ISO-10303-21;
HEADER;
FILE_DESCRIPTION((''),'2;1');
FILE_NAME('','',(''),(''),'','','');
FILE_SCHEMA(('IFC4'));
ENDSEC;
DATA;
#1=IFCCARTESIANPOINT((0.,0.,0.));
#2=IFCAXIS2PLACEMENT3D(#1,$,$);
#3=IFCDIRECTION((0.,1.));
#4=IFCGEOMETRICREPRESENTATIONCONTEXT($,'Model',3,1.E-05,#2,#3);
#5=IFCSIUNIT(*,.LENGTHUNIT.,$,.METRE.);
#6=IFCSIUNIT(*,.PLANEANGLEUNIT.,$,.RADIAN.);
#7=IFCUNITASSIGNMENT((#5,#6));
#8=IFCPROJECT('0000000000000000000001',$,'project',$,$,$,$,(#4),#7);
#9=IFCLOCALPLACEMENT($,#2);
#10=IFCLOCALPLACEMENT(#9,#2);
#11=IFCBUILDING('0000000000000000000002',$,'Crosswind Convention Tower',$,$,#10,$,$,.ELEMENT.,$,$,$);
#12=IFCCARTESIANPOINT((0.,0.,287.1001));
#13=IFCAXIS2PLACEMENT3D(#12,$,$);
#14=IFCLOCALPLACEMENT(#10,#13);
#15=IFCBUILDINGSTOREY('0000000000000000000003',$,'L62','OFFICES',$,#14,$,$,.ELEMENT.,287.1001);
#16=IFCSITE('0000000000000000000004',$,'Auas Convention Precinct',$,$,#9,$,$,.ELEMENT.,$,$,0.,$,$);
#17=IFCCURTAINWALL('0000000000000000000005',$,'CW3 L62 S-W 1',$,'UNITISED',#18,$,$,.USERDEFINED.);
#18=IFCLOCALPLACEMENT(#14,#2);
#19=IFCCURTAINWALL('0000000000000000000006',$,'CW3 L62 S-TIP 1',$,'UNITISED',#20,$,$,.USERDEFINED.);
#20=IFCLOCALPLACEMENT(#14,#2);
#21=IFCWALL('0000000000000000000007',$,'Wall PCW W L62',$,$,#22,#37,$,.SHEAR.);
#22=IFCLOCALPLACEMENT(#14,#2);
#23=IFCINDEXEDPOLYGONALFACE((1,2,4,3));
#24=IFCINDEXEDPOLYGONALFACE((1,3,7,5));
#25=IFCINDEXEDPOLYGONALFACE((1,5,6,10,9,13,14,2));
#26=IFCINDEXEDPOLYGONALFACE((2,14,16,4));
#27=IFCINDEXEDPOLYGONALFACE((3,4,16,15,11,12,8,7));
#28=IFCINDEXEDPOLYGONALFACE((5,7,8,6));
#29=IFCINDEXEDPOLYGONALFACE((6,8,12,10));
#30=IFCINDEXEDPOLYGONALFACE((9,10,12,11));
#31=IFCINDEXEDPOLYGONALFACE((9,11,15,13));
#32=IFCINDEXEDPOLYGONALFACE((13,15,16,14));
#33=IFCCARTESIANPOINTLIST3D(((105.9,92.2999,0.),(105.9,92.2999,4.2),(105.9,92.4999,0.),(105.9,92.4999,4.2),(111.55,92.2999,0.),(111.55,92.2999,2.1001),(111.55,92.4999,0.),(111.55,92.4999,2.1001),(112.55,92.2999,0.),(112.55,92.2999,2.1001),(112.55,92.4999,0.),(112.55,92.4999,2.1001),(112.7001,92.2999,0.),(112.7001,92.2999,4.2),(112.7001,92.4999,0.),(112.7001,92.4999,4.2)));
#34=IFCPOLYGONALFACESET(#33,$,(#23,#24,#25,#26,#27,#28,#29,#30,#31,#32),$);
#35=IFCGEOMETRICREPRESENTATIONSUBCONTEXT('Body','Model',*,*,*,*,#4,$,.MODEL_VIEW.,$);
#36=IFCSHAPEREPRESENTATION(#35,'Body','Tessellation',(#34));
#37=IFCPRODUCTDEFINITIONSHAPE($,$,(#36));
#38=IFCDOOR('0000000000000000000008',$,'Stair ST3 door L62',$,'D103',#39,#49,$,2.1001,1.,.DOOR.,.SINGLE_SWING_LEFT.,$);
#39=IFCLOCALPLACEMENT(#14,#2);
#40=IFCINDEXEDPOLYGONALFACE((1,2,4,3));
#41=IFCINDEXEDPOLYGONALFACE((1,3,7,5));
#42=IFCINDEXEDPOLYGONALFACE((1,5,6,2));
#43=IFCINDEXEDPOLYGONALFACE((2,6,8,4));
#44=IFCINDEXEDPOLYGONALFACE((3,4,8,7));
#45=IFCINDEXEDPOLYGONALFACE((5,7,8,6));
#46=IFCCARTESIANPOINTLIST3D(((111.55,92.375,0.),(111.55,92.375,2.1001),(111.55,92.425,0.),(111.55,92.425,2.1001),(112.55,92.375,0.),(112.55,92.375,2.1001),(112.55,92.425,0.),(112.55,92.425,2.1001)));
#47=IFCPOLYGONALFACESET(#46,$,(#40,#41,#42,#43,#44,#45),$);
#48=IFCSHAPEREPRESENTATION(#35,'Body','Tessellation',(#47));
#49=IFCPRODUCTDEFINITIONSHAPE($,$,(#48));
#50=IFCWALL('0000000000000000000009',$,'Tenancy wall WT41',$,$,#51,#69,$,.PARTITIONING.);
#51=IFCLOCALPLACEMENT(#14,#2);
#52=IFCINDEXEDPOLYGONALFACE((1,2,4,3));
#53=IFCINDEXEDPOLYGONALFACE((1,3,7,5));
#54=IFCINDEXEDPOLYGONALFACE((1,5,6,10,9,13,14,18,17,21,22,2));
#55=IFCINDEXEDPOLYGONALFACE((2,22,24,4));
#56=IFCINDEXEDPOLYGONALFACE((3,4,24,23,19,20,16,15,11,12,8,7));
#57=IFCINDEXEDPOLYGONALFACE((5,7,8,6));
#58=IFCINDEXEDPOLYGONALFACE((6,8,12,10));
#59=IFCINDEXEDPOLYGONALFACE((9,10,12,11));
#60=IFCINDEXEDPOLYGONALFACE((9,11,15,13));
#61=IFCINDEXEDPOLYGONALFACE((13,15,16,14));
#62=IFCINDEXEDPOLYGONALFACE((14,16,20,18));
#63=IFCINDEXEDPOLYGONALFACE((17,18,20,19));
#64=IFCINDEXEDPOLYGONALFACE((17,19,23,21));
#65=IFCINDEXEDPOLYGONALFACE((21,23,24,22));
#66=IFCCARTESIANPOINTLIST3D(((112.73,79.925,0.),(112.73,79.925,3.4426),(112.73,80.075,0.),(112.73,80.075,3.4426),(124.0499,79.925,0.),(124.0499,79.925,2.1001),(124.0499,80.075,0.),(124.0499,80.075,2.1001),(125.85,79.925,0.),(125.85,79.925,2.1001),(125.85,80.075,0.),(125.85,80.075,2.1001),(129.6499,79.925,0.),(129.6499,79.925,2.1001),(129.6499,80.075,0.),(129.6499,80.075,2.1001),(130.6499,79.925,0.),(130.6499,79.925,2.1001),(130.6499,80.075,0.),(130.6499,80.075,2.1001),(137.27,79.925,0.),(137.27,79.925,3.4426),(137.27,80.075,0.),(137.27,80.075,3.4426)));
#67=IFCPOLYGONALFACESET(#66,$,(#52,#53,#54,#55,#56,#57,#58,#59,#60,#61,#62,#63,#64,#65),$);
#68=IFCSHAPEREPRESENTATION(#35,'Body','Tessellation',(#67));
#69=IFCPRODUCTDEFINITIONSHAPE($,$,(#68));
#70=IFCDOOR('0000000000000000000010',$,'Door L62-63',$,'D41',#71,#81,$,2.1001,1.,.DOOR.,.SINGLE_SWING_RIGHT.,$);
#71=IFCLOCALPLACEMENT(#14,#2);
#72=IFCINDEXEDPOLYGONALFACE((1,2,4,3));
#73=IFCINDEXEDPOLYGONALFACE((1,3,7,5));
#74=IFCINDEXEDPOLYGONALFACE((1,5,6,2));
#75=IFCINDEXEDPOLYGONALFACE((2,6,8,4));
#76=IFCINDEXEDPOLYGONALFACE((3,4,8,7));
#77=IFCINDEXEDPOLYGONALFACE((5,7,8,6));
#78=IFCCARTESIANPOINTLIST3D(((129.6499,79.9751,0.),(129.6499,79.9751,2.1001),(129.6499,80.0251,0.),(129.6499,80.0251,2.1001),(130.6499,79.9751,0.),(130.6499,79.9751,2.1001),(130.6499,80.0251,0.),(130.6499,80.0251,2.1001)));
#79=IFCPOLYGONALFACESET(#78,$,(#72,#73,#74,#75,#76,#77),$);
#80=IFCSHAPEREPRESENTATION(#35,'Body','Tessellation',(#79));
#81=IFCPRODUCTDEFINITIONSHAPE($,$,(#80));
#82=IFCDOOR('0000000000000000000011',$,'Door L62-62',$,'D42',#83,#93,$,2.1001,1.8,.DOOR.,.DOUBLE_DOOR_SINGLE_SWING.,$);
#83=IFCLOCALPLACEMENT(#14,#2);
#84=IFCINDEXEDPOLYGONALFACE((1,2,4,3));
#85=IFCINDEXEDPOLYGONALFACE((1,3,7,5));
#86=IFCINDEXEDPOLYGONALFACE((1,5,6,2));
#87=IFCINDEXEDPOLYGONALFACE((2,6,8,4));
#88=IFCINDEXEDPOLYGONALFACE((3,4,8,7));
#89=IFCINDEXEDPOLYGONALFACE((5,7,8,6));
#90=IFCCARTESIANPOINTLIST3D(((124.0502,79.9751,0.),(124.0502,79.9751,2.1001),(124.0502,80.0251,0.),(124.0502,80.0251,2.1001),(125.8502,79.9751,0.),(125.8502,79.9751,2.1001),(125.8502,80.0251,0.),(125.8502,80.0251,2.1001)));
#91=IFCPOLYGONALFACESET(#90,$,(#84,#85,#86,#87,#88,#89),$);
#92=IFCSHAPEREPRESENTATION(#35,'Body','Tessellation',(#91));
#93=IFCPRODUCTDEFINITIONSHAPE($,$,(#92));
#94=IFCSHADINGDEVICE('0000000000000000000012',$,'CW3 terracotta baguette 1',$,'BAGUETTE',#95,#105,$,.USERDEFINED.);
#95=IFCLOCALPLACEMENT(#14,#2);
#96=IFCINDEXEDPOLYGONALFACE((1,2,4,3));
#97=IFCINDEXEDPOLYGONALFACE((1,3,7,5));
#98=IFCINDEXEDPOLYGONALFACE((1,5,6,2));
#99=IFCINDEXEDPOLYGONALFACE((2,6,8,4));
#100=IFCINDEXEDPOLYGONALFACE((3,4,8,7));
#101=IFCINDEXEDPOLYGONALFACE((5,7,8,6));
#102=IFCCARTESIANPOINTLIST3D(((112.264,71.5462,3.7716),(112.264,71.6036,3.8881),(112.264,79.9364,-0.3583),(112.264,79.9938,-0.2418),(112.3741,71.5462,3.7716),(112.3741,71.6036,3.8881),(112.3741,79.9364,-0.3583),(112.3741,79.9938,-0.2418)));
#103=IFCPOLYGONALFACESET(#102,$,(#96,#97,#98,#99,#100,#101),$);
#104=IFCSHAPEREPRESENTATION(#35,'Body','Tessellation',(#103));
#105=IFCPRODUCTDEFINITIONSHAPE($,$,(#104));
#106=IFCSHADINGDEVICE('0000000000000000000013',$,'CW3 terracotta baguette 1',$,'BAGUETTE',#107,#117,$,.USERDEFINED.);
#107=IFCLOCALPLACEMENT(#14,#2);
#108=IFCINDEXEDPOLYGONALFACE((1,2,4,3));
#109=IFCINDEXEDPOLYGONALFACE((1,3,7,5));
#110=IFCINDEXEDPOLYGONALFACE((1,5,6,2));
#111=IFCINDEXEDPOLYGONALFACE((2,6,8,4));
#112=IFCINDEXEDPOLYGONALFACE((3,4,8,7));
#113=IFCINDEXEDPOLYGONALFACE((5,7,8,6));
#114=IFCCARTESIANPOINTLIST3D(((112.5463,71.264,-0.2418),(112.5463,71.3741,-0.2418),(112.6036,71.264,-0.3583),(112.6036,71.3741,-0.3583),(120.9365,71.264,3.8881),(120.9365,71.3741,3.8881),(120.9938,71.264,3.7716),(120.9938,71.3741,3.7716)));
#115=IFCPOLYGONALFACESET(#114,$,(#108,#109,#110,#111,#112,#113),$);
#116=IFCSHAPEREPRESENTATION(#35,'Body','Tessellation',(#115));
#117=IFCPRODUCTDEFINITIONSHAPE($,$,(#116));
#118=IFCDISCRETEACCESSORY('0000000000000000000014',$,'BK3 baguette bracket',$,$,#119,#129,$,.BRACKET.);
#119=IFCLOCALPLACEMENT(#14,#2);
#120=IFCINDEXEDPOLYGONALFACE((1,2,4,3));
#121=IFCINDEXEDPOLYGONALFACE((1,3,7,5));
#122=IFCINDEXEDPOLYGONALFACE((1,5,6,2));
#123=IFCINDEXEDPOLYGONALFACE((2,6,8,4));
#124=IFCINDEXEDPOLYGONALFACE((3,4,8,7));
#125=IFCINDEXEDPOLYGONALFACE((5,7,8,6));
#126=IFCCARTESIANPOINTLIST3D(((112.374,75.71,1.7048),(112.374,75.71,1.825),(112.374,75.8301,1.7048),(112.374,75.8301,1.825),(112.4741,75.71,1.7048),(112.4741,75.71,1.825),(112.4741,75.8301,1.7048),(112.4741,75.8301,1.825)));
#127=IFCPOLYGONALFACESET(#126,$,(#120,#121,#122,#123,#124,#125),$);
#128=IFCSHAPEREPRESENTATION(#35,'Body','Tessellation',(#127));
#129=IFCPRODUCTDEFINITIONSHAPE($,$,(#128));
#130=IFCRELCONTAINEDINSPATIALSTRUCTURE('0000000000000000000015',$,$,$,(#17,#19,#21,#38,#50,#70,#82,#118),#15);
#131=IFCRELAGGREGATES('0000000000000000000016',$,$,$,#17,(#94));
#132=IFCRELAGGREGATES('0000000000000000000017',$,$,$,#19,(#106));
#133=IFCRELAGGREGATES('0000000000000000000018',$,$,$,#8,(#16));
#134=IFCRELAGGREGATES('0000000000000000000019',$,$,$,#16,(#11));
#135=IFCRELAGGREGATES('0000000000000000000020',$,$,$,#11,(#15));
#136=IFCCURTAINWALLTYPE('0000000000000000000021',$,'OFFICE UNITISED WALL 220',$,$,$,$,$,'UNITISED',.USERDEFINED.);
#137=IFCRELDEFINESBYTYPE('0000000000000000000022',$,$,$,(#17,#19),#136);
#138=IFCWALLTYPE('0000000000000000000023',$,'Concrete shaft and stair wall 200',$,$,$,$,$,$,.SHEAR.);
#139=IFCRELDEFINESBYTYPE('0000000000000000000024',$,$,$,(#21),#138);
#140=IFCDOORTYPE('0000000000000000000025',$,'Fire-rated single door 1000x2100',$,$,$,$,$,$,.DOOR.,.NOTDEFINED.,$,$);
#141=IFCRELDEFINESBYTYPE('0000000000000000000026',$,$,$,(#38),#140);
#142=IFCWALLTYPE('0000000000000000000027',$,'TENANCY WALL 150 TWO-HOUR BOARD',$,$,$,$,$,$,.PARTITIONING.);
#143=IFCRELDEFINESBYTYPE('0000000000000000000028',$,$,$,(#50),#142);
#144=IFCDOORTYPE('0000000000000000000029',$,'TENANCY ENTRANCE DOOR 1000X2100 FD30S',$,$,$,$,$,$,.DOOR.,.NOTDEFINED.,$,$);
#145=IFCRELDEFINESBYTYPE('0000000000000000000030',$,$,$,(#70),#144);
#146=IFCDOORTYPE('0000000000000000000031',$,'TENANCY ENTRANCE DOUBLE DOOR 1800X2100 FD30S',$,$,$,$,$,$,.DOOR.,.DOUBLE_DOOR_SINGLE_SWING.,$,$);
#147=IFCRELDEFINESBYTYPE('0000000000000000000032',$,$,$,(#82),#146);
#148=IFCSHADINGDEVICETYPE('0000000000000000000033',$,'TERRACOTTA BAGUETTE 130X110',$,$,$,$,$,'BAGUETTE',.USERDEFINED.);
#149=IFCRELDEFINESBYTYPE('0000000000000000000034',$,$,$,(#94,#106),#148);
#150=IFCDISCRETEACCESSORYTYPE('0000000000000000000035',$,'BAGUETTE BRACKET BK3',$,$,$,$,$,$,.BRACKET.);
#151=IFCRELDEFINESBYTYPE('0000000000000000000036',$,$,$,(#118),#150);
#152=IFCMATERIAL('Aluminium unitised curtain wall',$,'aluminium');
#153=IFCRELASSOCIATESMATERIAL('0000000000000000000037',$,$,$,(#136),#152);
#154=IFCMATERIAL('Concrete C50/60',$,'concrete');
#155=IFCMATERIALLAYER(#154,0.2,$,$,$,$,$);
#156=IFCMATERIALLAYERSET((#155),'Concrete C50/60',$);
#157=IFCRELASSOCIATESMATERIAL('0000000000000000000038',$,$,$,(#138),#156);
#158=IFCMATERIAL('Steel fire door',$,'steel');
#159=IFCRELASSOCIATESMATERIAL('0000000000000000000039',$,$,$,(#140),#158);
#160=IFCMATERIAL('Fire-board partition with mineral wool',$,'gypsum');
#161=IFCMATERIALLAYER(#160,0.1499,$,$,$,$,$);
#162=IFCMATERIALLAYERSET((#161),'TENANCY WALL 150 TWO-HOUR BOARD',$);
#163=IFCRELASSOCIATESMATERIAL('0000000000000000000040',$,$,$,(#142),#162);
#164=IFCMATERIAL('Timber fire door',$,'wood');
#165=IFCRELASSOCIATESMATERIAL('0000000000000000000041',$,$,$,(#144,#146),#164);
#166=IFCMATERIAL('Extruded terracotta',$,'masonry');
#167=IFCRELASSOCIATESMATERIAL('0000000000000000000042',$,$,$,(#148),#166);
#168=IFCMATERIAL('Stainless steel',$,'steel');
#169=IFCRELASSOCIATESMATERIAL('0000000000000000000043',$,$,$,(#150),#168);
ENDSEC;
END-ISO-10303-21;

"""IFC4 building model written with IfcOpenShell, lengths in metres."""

from ifc_helpers import new_model, si_unit, direction, frame, frame_2d, origin, origin_2d, place, context, subcontext, project, spatial, rectangle, extrude, material, layer, layer_set, material_profile, profile_set, type_object, element, fill, aggregate, save


model = new_model("IFC4")

# Units and contexts
model_context = context("Model", 3, precision=1e-05, world=origin(), true_north=direction((0.0, 1.0)))
body_context = subcontext(model_context, "Body", "Model", "MODEL_VIEW")
ifc_project = project(units=[si_unit("LENGTHUNIT", "METRE"), si_unit("PLANEANGLEUNIT", "RADIAN")], contexts=[model_context])

# Site, building, storey
site_placement = place(None, origin())
site = spatial("IfcSite", under=ifc_project, at=site_placement, Name="Auas Convention Precinct", CompositionType="ELEMENT", RefElevation=0.0)
building_placement = place(site_placement, origin())
building = spatial("IfcBuilding", under=site, at=building_placement, Name="Crosswind Convention Tower", CompositionType="ELEMENT")
storey_placement = place(building_placement, frame((0.0, 0.0, 287.1001)))
storey = spatial("IfcBuildingStorey", under=building, at=storey_placement, Name="L62", Description="OFFICES", CompositionType="ELEMENT", Elevation=287.1001)

# Curtain wall
ifc_material_1 = material(Name="Aluminium unitised curtain wall", Category="aluminium")
curtain_wall_type_1 = type_object("IfcCurtainWallType", Name="OFFICE UNITISED WALL 220", ElementType="UNITISED", PredefinedType="USERDEFINED", material=ifc_material_1)
curtain_wall_1_placement = place(storey_placement, origin())
curtain_wall_1 = element("IfcCurtainWall", 1, at=curtain_wall_1_placement, inside=storey, type_object=curtain_wall_type_1, Name="CW3 L62 S-W 1", ObjectType="UNITISED", PredefinedType="USERDEFINED")

# Curtain wall
curtain_wall_2_placement = place(storey_placement, origin())
curtain_wall_2 = element("IfcCurtainWall", 2, at=curtain_wall_2_placement, inside=storey, type_object=curtain_wall_type_1, Name="CW3 L62 S-TIP 1", ObjectType="UNITISED", PredefinedType="USERDEFINED")

# Wall, opening, door
ifc_material_2 = material(Name="Concrete C50/60", Category="concrete")
ifc_layer_1 = layer(ifc_material_2, 0.2)
ifc_layer_set_1 = layer_set([ifc_layer_1], Name="Concrete C50/60")
wall_type_1 = type_object("IfcWallType", Name="Concrete shaft and stair wall 200", PredefinedType="SHEAR", material=ifc_layer_set_1)
ifc_material_3 = material(Name="Steel fire door", Category="steel")
wall_1_placement = place(storey_placement, frame((112.7, 92.3999, 0.0), z_axis=(0.0, 0.0, 1.0), x_axis=(-1.0, 0.0, 0.0)))
wall_1 = element("IfcWall", 3, at=wall_1_placement, inside=storey, type_object=wall_type_1, Name="Wall PCW W L62", PredefinedType="SHEAR", context=body_context, shape_type="SweptSolid", body=[
    extrude(rectangle(XDim=6.8, YDim=0.2, at=frame_2d((3.3999, 0.0))), origin(), (0.0, 0.0, 1.0), 4.2),
])
opening_1_placement = place(wall_1_placement, frame((0.1499, 0.0, 0.0)))
opening_1 = element("IfcOpeningElement", 4, at=opening_1_placement, cuts=wall_1, PredefinedType="OPENING", context=body_context, shape_type="SweptSolid", body=[
    extrude(rectangle(XDim=1.0, YDim=2.1001, at=frame_2d((0.5, 1.05))), frame((0.0, 0.1099, 0.0), z_axis=(0.0, -1.0, 0.0), x_axis=(1.0, 0.0, 0.0)), (0.0, 0.0, 1.0), 0.22),
])
door_type_1 = type_object("IfcDoorType", Name="Fire-rated single door 1000x2100", OperationType="NOTDEFINED", PredefinedType="DOOR", material=ifc_material_3)
door_1_placement = place(opening_1_placement, origin())
door_1 = element("IfcDoor", 5, at=door_1_placement, inside=storey, type_object=door_type_1, Name="Stair ST3 door L62", ObjectType="D103", OperationType="SINGLE_SWING_LEFT", OverallHeight=2.1001, OverallWidth=1.0, PredefinedType="DOOR", context=body_context, shape_type="SweptSolid", body=[
    extrude(rectangle(XDim=1.0, YDim=2.1001, at=frame_2d((0.5, 1.05))), frame((0.0, 0.0249, 0.0), z_axis=(0.0, -1.0, 0.0), x_axis=(1.0, 0.0, 0.0)), (0.0, 0.0, 1.0), 0.05),
])
fill(opening_1, door_1)

# Wall, openings, doors
ifc_material_4 = material(Name="Fire-board partition with mineral wool", Category="gypsum")
ifc_layer_2 = layer(ifc_material_4, 0.1499)
ifc_layer_set_2 = layer_set([ifc_layer_2], Name="TENANCY WALL 150 TWO-HOUR BOARD")
wall_type_2 = type_object("IfcWallType", Name="TENANCY WALL 150 TWO-HOUR BOARD", PredefinedType="PARTITIONING", material=ifc_layer_set_2)
wall_2_placement = place(storey_placement, frame((112.73, 80.0, 0.0), z_axis=(0.0, 0.0, 1.0), x_axis=(1.0, 0.0, 0.0)))
wall_2 = element("IfcWall", 6, at=wall_2_placement, inside=storey, type_object=wall_type_2, Name="Tenancy wall WT41", PredefinedType="PARTITIONING", context=body_context, shape_type="SweptSolid", body=[
    extrude(rectangle(XDim=24.54, YDim=0.1499, at=frame_2d((12.27, 0.0))), origin(), (0.0, 0.0, 1.0), 3.4426),
])
opening_2_placement = place(wall_2_placement, frame((11.3201, 0.0, 0.0)))
opening_2 = element("IfcOpeningElement", 7, at=opening_2_placement, cuts=wall_2, PredefinedType="OPENING", context=body_context, shape_type="SweptSolid", body=[
    extrude(rectangle(XDim=1.8, YDim=2.1001, at=frame_2d((0.8999, 1.05))), frame((0.0, 0.085, 0.0), z_axis=(0.0, -1.0, 0.0), x_axis=(1.0, 0.0, 0.0)), (0.0, 0.0, 1.0), 0.1699),
])
opening_3_placement = place(wall_2_placement, frame((16.9199, 0.0, 0.0)))
opening_3 = element("IfcOpeningElement", 8, at=opening_3_placement, cuts=wall_2, PredefinedType="OPENING", context=body_context, shape_type="SweptSolid", body=[
    extrude(rectangle(XDim=1.0, YDim=2.1001, at=frame_2d((0.5, 1.05))), frame((0.0, 0.085, 0.0), z_axis=(0.0, -1.0, 0.0), x_axis=(1.0, 0.0, 0.0)), (0.0, 0.0, 1.0), 0.1699),
])
ifc_material_5 = material(Name="Timber fire door", Category="wood")
door_type_2 = type_object("IfcDoorType", Name="TENANCY ENTRANCE DOOR 1000X2100 FD30S", OperationType="NOTDEFINED", PredefinedType="DOOR", material=ifc_material_5)
door_2_placement = place(opening_3_placement, frame((1.0, 0.0, 0.0), z_axis=(0.0, 0.0, 1.0), x_axis=(-1.0, 0.0, 0.0)))
door_2 = element("IfcDoor", 9, at=door_2_placement, inside=storey, type_object=door_type_2, Name="Door L62-63", ObjectType="D41", OperationType="SINGLE_SWING_RIGHT", OverallHeight=2.1001, OverallWidth=1.0, PredefinedType="DOOR", context=body_context, shape_type="SweptSolid", body=[
    extrude(rectangle(XDim=1.0, YDim=2.1001, at=frame_2d((0.5, 1.05))), frame((0.0, 0.0249, 0.0), z_axis=(0.0, -1.0, 0.0), x_axis=(1.0, 0.0, 0.0)), (0.0, 0.0, 1.0), 0.05),
])
fill(opening_3, door_2)
door_type_3 = type_object("IfcDoorType", Name="TENANCY ENTRANCE DOUBLE DOOR 1800X2100 FD30S", OperationType="DOUBLE_DOOR_SINGLE_SWING", PredefinedType="DOOR", material=ifc_material_5)
door_3_placement = place(opening_2_placement, frame((1.8, 0.0, 0.0), z_axis=(0.0, 0.0, 1.0), x_axis=(-1.0, 0.0, 0.0)))
door_3 = element("IfcDoor", 10, at=door_3_placement, inside=storey, type_object=door_type_3, Name="Door L62-62", ObjectType="D42", OperationType="DOUBLE_DOOR_SINGLE_SWING", OverallHeight=2.1001, OverallWidth=1.8, PredefinedType="DOOR", context=body_context, shape_type="SweptSolid", body=[
    extrude(rectangle(XDim=1.8, YDim=2.1001, at=frame_2d((0.8999, 1.05))), frame((0.0, 0.0249, 0.0), z_axis=(0.0, -1.0, 0.0), x_axis=(1.0, 0.0, 0.0)), (0.0, 0.0, 1.0), 0.05),
])
fill(opening_2, door_3)

# Shading devices
ifc_material_6 = material(Name="Extruded terracotta", Category="masonry")
ifc_material_profile_1 = material_profile(ifc_material_6, rectangle(XDim=0.1101, YDim=0.1299, at=origin_2d()), Name="TC 110X130")
ifc_profile_set_1 = profile_set([ifc_material_profile_1], Name="Extruded terracotta")
shading_device_type = type_object("IfcShadingDeviceType", Name="TERRACOTTA BAGUETTE 130X110", ElementType="BAGUETTE", PredefinedType="USERDEFINED", material=ifc_profile_set_1)
shading_device_1_placement = place(storey_placement, frame((112.3191, 79.9651, -0.3), z_axis=(0.0, -0.897198, 0.441628), x_axis=(1.0, 0.0, 0.0)))
shading_device_1 = element("IfcShadingDevice", 11, at=shading_device_1_placement, type_object=shading_device_type, Name="CW3 terracotta baguette 1", ObjectType="BAGUETTE", PredefinedType="USERDEFINED", context=body_context, shape_type="SweptSolid", body=[
    extrude(rectangle(XDim=0.1101, YDim=0.1299, at=origin_2d()), origin(), (0.0, 0.0, 1.0), 9.3516),
])
aggregate(curtain_wall_1, [shading_device_1])
shading_device_2_placement = place(storey_placement, frame((112.575, 71.3191, -0.3), z_axis=(0.897198, 0.0, 0.441628), x_axis=(0.0, 1.0, 0.0)))
shading_device_2 = element("IfcShadingDevice", 12, at=shading_device_2_placement, type_object=shading_device_type, Name="CW3 terracotta baguette 1", ObjectType="BAGUETTE", PredefinedType="USERDEFINED", context=body_context, shape_type="SweptSolid", body=[
    extrude(rectangle(XDim=0.1101, YDim=0.1299, at=origin_2d()), origin(), (0.0, 0.0, 1.0), 9.3516),
])
aggregate(curtain_wall_2, [shading_device_2])

# Discrete accessory
ifc_material_7 = material(Name="Stainless steel", Category="steel")
discrete_accessory_type = type_object("IfcDiscreteAccessoryType", Name="BAGUETTE BRACKET BK3", PredefinedType="BRACKET", material=ifc_material_7)
discrete_accessory_placement = place(storey_placement, frame((112.4241, 75.77, 1.7048), z_axis=(0.0, 0.0, 1.0), x_axis=(0.0, -1.0, 0.0)))
element("IfcDiscreteAccessory", 13, at=discrete_accessory_placement, inside=storey, type_object=discrete_accessory_type, Name="BK3 baguette bracket", PredefinedType="BRACKET", context=body_context, shape_type="SweptSolid", body=[
    extrude(rectangle(XDim=0.1201, YDim=0.1001, at=origin_2d()), origin(), (0.0, 0.0, 1.0), 0.1201),
])

save(model, "model.ifc")
